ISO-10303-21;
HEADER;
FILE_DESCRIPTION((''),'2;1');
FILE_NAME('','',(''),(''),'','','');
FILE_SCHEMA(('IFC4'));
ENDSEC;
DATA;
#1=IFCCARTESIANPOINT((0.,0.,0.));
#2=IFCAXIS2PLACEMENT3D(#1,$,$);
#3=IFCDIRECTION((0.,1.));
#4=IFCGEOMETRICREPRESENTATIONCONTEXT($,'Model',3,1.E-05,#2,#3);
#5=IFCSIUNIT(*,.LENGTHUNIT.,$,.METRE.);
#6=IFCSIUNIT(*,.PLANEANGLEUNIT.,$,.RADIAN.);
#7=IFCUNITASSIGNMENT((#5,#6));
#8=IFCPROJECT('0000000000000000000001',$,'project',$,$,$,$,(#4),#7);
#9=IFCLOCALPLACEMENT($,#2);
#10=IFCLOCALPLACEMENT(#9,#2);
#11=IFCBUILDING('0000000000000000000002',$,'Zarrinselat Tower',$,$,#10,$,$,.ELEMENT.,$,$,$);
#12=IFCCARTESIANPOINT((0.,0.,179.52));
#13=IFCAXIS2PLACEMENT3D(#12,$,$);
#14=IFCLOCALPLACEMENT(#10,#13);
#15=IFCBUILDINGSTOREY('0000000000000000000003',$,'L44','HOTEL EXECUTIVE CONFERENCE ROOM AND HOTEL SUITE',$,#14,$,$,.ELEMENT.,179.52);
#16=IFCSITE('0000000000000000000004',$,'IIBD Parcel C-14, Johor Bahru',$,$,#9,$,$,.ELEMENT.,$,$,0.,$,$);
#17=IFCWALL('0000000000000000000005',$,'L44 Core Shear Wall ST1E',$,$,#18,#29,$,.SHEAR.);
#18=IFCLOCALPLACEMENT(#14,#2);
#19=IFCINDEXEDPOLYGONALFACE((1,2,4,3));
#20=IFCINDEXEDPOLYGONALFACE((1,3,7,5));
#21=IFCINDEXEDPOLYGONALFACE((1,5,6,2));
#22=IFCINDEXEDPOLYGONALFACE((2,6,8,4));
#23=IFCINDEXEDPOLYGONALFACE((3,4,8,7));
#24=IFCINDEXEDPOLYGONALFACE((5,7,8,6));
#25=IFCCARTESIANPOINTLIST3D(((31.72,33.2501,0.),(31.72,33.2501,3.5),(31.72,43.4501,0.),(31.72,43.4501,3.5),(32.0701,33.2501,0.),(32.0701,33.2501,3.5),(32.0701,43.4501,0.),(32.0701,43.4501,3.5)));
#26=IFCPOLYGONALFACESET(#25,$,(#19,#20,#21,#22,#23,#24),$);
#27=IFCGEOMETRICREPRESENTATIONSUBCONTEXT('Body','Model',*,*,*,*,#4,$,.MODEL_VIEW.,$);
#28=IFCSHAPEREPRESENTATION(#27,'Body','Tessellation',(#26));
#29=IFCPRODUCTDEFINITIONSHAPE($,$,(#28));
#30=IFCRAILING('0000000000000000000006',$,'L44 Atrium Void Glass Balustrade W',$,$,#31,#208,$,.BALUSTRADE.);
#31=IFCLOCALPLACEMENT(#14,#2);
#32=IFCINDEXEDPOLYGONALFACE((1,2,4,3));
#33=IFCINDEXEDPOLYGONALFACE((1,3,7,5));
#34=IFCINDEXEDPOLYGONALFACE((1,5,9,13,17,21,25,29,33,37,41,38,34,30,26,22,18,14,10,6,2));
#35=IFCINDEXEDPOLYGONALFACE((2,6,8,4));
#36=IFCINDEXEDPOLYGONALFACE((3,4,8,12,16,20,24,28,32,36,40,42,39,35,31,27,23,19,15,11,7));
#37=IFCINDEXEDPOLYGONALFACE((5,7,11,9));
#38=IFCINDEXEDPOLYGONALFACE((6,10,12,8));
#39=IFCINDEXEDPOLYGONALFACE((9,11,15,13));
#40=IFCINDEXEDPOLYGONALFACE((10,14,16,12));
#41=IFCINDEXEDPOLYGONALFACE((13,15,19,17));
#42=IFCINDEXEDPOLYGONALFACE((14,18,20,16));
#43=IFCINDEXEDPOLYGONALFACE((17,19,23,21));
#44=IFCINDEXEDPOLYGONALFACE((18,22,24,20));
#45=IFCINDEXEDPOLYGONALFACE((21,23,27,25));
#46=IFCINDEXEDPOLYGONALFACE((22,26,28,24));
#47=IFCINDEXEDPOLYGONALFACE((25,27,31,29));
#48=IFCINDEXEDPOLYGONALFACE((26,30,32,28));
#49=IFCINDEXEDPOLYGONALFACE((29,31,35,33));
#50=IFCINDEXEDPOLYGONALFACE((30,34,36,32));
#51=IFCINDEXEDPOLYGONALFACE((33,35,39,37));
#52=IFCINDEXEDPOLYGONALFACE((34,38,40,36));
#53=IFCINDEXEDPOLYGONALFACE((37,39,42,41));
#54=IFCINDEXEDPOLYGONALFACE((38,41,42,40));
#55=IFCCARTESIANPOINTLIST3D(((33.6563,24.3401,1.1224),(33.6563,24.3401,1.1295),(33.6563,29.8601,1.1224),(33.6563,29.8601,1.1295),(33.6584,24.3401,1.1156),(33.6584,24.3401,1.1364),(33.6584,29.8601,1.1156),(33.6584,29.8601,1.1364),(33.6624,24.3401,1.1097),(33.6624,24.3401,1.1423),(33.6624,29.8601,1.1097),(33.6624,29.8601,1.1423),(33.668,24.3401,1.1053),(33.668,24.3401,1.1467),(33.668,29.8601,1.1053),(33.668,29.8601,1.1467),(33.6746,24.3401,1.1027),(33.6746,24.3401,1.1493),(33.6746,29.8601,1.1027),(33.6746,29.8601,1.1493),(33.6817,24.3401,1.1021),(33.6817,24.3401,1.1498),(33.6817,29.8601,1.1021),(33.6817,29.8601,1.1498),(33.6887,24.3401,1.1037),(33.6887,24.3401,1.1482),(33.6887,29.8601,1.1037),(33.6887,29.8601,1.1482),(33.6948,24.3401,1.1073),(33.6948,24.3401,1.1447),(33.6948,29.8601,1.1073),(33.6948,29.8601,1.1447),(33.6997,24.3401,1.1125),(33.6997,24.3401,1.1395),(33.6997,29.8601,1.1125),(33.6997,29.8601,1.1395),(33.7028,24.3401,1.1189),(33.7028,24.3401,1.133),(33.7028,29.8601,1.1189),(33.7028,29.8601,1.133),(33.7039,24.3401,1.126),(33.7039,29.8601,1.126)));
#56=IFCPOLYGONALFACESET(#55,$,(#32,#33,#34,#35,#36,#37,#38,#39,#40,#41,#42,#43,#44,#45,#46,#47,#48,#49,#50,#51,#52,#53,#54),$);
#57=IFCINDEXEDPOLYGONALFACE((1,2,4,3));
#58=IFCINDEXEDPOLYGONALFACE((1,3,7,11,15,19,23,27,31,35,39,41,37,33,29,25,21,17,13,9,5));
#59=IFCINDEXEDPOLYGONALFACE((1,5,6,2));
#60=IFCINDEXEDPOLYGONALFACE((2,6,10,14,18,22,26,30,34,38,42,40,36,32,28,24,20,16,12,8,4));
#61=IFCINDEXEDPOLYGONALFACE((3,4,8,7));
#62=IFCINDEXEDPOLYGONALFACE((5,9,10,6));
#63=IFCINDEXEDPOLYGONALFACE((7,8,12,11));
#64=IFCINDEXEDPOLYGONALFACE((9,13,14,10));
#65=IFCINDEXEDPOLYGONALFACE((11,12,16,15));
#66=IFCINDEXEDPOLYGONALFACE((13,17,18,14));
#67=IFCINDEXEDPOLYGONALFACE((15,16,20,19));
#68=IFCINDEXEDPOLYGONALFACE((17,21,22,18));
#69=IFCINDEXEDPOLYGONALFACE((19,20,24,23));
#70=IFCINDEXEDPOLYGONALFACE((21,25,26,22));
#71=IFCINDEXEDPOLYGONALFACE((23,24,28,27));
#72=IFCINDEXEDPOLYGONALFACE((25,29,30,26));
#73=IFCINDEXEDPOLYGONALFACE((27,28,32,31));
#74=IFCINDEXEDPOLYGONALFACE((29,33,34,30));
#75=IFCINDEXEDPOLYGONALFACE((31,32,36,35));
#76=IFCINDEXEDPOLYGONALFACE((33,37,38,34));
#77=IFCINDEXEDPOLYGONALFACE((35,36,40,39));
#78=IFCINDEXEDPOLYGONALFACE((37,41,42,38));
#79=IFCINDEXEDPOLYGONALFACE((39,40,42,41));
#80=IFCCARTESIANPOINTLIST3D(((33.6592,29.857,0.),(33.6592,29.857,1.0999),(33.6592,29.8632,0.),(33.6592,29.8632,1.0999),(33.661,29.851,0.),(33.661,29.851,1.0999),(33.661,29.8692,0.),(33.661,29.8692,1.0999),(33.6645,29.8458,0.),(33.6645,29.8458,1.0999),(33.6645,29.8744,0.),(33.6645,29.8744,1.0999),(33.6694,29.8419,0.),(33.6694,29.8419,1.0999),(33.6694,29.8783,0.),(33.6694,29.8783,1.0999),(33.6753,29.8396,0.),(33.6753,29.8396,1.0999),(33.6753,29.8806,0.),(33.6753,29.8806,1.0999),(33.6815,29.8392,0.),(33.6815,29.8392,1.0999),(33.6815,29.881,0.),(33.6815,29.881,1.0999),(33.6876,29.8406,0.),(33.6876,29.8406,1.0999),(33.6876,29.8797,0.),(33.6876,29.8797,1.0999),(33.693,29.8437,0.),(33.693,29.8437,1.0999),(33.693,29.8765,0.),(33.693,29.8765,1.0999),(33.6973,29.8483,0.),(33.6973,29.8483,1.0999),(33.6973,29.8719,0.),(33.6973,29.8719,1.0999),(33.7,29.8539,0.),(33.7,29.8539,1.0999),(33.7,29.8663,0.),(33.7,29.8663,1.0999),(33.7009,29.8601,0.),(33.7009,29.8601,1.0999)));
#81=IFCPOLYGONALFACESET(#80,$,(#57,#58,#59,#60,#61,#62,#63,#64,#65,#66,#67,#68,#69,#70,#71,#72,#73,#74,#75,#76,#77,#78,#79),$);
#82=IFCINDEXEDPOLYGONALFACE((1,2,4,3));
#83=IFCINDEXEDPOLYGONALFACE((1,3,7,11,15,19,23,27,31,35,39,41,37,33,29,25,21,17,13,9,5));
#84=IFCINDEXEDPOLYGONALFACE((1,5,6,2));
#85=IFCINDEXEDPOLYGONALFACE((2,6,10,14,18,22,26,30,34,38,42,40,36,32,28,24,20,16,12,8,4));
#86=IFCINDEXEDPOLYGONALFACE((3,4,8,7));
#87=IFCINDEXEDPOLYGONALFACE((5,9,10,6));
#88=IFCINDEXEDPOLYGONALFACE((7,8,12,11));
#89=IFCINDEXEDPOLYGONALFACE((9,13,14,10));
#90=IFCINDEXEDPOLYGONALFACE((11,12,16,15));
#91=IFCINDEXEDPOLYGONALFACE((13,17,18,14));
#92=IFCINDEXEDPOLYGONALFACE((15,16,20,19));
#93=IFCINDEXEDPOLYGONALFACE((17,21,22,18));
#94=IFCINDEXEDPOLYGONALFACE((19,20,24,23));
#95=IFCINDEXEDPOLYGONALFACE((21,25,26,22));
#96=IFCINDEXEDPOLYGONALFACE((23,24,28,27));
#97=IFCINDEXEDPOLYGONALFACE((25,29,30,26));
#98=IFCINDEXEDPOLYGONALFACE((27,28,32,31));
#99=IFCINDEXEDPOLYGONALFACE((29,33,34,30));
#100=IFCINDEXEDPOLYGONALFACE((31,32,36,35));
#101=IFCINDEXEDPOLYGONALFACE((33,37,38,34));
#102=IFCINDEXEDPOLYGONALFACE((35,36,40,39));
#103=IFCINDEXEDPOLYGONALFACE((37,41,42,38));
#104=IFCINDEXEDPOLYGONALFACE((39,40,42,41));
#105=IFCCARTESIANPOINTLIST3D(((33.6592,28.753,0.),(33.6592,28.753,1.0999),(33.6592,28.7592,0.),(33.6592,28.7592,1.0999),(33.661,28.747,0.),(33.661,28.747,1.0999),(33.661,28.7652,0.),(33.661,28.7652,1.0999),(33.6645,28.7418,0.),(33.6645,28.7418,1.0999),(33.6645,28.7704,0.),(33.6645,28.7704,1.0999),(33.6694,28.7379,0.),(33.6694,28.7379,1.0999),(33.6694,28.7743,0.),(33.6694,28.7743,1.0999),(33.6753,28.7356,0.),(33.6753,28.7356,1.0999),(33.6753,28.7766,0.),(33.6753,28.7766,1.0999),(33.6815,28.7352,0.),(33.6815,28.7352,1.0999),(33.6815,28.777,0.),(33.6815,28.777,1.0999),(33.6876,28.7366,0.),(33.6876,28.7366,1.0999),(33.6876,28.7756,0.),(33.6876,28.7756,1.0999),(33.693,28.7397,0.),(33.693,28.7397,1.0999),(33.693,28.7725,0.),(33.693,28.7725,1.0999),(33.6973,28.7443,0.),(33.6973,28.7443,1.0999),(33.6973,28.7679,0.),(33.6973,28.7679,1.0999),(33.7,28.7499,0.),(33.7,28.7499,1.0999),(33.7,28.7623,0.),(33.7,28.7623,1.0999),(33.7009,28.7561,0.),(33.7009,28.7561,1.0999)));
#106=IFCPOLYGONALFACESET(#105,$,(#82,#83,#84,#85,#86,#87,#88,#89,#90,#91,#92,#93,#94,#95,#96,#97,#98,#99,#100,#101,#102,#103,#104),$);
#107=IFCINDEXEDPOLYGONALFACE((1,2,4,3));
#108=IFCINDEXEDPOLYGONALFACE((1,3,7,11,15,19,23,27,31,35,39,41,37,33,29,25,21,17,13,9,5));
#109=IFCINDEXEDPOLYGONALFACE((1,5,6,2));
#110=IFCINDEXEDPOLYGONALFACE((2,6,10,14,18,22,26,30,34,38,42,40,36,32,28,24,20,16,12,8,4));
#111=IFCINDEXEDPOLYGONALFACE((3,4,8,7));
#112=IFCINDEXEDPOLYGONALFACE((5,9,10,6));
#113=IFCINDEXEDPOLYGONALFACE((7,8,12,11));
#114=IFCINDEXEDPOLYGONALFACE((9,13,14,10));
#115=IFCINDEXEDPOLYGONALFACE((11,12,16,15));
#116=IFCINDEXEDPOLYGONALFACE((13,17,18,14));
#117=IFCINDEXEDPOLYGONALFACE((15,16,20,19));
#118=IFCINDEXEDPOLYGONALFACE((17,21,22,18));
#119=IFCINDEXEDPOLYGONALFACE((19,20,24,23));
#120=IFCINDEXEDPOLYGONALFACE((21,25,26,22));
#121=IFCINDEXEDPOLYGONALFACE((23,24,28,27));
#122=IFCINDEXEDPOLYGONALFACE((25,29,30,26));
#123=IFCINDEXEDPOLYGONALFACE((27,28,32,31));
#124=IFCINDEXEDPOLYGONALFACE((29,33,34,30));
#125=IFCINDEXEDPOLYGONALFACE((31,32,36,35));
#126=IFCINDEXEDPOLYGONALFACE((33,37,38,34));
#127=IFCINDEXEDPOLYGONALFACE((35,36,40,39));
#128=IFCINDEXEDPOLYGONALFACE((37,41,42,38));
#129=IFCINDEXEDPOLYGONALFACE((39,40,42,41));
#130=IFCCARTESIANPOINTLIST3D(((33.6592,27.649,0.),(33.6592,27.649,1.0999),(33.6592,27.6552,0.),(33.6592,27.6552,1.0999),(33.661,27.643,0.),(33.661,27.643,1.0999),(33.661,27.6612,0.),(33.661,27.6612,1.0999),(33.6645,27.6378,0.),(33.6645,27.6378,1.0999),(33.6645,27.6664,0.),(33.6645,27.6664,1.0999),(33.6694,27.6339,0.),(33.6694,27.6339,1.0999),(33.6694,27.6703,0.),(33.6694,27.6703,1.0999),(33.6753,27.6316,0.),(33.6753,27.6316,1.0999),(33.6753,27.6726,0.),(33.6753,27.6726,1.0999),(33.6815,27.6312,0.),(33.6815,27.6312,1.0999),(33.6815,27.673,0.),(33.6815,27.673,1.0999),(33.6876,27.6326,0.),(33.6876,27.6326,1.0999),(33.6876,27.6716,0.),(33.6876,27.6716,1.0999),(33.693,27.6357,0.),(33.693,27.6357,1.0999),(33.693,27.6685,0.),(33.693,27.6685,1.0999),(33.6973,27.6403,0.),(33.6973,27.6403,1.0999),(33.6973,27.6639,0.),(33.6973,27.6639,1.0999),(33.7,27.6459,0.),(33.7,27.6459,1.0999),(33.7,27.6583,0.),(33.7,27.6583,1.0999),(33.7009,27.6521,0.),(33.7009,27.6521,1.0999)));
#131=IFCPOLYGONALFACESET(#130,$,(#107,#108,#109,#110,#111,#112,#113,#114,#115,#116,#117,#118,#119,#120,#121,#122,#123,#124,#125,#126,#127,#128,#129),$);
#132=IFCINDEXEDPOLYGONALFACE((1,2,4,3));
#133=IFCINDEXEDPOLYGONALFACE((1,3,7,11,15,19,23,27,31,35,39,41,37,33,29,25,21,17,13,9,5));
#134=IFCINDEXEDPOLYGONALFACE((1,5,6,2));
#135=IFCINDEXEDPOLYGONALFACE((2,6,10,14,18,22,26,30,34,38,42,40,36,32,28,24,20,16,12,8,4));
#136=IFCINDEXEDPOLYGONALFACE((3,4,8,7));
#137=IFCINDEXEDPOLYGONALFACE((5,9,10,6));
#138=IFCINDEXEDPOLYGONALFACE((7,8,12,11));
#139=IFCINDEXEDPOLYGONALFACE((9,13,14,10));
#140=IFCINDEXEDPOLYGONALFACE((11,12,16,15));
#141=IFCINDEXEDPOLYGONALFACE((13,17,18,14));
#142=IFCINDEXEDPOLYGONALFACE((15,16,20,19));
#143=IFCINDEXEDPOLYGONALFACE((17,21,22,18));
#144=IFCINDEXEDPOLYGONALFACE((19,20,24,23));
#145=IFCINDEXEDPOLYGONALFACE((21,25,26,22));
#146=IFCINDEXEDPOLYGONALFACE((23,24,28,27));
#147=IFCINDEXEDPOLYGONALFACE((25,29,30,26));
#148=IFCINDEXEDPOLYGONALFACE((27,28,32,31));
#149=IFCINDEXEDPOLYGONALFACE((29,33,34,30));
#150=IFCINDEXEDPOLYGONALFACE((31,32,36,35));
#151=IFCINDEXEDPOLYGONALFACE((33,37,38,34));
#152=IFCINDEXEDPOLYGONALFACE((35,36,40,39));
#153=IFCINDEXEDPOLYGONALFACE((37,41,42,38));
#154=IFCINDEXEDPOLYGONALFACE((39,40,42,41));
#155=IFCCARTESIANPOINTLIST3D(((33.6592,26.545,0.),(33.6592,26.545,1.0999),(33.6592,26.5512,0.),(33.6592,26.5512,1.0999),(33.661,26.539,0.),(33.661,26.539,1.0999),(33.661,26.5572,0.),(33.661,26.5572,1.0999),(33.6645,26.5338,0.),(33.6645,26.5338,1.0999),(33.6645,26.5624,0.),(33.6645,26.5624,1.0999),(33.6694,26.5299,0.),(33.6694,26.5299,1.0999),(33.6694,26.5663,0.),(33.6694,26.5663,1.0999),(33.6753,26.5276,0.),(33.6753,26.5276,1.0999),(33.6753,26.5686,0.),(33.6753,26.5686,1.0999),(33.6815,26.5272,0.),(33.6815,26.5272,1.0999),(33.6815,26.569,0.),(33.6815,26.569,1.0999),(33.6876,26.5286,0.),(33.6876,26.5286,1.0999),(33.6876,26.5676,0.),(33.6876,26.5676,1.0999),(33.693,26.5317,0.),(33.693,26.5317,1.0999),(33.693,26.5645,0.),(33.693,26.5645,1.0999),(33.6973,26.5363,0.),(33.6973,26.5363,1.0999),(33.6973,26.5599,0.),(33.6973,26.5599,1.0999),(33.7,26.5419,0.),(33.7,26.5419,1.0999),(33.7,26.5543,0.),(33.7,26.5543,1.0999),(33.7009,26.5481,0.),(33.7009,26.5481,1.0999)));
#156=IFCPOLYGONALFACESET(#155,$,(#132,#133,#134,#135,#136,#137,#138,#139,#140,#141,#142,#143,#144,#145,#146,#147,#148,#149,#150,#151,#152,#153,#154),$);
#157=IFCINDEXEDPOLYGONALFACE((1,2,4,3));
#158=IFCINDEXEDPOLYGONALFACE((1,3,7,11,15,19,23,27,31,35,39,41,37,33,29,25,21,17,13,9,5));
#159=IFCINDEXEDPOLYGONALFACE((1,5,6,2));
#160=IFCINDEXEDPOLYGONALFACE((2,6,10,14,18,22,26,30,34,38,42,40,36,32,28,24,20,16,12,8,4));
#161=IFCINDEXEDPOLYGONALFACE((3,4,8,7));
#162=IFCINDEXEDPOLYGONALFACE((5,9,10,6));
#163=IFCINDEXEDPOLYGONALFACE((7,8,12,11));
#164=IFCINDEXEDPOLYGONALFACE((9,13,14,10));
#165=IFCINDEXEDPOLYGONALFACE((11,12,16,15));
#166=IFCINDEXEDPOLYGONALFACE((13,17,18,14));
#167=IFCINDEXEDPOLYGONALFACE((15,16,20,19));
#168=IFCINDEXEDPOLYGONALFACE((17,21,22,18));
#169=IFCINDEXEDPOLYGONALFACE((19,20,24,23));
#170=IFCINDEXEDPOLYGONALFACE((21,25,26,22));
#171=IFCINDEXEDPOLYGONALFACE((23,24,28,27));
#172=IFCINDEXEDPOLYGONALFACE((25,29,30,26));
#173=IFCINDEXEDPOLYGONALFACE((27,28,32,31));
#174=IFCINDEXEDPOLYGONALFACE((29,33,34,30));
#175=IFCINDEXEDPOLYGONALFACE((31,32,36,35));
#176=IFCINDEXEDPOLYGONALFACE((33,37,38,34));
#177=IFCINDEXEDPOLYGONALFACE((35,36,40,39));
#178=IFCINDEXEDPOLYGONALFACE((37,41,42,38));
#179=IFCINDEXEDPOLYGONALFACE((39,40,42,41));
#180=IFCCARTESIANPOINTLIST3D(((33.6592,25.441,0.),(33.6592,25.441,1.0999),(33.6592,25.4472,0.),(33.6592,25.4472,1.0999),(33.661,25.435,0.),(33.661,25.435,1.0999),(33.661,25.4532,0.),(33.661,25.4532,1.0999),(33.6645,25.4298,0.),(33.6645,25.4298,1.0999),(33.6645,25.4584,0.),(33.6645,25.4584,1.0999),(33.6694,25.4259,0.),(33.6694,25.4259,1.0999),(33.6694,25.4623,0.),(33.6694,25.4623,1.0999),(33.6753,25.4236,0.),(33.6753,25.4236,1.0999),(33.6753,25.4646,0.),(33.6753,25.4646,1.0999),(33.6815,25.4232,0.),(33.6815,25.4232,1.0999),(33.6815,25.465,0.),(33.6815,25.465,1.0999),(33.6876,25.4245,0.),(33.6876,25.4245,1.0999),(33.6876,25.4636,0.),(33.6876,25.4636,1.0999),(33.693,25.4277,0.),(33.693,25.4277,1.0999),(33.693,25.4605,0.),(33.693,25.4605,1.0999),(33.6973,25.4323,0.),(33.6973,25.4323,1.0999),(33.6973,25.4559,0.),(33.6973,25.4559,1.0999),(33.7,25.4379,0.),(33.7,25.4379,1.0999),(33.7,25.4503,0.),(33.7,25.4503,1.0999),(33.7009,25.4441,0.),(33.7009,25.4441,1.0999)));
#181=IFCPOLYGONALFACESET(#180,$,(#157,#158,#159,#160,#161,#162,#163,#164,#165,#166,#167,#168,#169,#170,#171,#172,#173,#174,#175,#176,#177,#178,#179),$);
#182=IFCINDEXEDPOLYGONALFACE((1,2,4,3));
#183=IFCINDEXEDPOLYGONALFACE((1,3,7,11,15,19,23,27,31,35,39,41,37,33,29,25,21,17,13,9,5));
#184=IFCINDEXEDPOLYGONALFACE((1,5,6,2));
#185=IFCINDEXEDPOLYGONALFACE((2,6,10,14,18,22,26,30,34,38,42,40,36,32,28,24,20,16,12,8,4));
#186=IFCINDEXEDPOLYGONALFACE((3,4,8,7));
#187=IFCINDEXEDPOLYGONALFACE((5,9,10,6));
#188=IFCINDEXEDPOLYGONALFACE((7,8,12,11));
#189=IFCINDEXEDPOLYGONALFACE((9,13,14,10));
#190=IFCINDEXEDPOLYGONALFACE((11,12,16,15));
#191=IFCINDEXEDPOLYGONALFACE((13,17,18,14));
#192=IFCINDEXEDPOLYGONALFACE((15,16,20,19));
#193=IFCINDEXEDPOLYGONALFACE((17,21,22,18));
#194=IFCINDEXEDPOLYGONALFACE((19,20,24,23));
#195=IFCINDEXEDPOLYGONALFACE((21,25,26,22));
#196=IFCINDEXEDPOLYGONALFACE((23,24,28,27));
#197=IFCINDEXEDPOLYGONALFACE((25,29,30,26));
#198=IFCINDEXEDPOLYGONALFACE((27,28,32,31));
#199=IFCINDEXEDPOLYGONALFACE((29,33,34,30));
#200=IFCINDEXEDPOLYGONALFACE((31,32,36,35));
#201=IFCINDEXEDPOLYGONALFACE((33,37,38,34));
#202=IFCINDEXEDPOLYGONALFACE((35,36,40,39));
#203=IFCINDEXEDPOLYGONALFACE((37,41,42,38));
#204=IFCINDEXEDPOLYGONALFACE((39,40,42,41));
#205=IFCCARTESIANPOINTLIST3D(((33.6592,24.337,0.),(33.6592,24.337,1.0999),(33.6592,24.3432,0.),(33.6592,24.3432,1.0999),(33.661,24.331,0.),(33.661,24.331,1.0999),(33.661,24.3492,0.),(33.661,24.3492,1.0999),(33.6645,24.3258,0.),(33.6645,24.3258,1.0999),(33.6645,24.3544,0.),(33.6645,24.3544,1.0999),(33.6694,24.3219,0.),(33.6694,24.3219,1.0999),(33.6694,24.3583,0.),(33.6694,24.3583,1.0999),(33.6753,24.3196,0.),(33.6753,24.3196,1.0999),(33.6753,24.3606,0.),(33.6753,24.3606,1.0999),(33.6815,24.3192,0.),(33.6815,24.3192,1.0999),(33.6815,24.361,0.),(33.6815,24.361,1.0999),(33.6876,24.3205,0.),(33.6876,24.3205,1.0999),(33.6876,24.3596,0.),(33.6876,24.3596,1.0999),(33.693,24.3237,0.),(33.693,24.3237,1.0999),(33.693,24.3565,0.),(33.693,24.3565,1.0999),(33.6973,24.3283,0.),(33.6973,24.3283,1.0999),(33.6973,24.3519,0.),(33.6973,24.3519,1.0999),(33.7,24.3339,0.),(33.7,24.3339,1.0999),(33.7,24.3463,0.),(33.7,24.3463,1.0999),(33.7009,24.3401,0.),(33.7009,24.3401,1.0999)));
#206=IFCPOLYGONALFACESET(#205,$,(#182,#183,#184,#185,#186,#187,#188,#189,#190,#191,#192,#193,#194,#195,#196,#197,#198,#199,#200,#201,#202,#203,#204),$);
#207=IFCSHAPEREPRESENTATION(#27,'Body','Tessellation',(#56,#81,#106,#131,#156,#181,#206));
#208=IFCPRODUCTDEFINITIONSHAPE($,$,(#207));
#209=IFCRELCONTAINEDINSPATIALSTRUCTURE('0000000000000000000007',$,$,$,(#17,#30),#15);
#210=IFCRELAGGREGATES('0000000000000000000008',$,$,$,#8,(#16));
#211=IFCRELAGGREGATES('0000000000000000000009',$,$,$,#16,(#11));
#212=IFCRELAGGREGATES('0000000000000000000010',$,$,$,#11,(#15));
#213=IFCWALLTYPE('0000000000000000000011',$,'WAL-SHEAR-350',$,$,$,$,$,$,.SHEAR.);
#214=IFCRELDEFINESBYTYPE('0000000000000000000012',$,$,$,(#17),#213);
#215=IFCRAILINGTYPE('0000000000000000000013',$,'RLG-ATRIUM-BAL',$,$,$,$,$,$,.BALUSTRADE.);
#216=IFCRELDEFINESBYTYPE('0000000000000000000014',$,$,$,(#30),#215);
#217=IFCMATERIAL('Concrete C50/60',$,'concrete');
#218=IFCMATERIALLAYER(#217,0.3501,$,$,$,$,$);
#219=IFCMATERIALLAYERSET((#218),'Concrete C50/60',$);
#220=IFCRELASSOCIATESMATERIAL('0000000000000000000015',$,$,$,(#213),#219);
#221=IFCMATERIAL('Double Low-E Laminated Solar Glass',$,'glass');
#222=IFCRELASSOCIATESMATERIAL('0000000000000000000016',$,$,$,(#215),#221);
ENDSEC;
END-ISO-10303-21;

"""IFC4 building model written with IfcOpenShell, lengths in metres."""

from ifc_helpers import new_model, si_unit, direction, frame, frame_2d, origin, origin_2d, place, context, subcontext, project, spatial, rectangle, circle, extrude, material, layer, layer_set, type_object, element, save


model = new_model("IFC4")

# Units and contexts
model_context = context("Model", 3, precision=1e-05, world=origin(), true_north=direction((0.0, 1.0)))
body_context = subcontext(model_context, "Body", "Model", "MODEL_VIEW")
ifc_project = project(units=[si_unit("LENGTHUNIT", "METRE"), si_unit("PLANEANGLEUNIT", "RADIAN")], contexts=[model_context])

# Site, building, storey
site_placement = place(None, origin())
site = spatial("IfcSite", under=ifc_project, at=site_placement, Name="IIBD Parcel C-14, Johor Bahru", CompositionType="ELEMENT", RefElevation=0.0)
building_placement = place(site_placement, origin())
building = spatial("IfcBuilding", under=site, at=building_placement, Name="Zarrinselat Tower", CompositionType="ELEMENT")
storey_placement = place(building_placement, frame((0.0, 0.0, 179.52)))
storey = spatial("IfcBuildingStorey", under=building, at=storey_placement, Name="L44", Description="HOTEL EXECUTIVE CONFERENCE ROOM AND HOTEL SUITE", CompositionType="ELEMENT", Elevation=179.52)

# Wall
ifc_material_1 = material(Name="Concrete C50/60", Category="concrete")
ifc_layer_1 = layer(ifc_material_1, 0.3501)
ifc_layer_set_1 = layer_set([ifc_layer_1], Name="Concrete C50/60")
wall_type_1 = type_object("IfcWallType", Name="WAL-SHEAR-350", PredefinedType="SHEAR", material=ifc_layer_set_1)
wall_1_placement = place(storey_placement, frame((31.895, 33.25, 0.0), z_axis=(0.0, 0.0, 1.0), x_axis=(0.0, 1.0, 0.0)))
element("IfcWall", 1, at=wall_1_placement, inside=storey, type_object=wall_type_1, Name="L44 Core Shear Wall ST1E", PredefinedType="SHEAR", context=body_context, shape_type="SweptSolid", body=[
    extrude(rectangle(XDim=10.2, YDim=0.3501, at=frame_2d((5.1001, 0.0))), origin(), (0.0, 0.0, 1.0), 3.5),
])

# Railing
ifc_material_2 = material(Name="Double Low-E Laminated Solar Glass", Category="glass")
railing_type = type_object("IfcRailingType", Name="RLG-ATRIUM-BAL", PredefinedType="BALUSTRADE", material=ifc_material_2)
railing_placement = place(storey_placement, frame((33.6799, 29.8601, 0.0)))
element("IfcRailing", 2, at=railing_placement, inside=storey, type_object=railing_type, Name="L44 Atrium Void Glass Balustrade W", PredefinedType="BALUSTRADE", context=body_context, shape_type="SweptSolid", body=[
    extrude(circle(Radius=0.0239, at=origin_2d()), frame((0.0, 0.0, 1.126), z_axis=(0.0, -1.0, 0.0), x_axis=(1.0, 0.0, 0.0)), (0.0, 0.0, 1.0), 5.52),
    extrude(circle(Radius=0.021, at=origin_2d()), origin(), (0.0, 0.0, 1.0), 1.0999),
    extrude(circle(Radius=0.021, at=origin_2d()), frame((0.0, -1.104, 0.0)), (0.0, 0.0, 1.0), 1.0999),
    extrude(circle(Radius=0.021, at=origin_2d()), frame((0.0, -2.208, 0.0)), (0.0, 0.0, 1.0), 1.0999),
    extrude(circle(Radius=0.021, at=origin_2d()), frame((0.0, -3.312, 0.0)), (0.0, 0.0, 1.0), 1.0999),
    extrude(circle(Radius=0.021, at=origin_2d()), frame((0.0, -4.416, 0.0)), (0.0, 0.0, 1.0), 1.0999),
    extrude(circle(Radius=0.021, at=origin_2d()), frame((0.0, -5.52, 0.0)), (0.0, 0.0, 1.0), 1.0999),
])

save(model, "model.ifc")
